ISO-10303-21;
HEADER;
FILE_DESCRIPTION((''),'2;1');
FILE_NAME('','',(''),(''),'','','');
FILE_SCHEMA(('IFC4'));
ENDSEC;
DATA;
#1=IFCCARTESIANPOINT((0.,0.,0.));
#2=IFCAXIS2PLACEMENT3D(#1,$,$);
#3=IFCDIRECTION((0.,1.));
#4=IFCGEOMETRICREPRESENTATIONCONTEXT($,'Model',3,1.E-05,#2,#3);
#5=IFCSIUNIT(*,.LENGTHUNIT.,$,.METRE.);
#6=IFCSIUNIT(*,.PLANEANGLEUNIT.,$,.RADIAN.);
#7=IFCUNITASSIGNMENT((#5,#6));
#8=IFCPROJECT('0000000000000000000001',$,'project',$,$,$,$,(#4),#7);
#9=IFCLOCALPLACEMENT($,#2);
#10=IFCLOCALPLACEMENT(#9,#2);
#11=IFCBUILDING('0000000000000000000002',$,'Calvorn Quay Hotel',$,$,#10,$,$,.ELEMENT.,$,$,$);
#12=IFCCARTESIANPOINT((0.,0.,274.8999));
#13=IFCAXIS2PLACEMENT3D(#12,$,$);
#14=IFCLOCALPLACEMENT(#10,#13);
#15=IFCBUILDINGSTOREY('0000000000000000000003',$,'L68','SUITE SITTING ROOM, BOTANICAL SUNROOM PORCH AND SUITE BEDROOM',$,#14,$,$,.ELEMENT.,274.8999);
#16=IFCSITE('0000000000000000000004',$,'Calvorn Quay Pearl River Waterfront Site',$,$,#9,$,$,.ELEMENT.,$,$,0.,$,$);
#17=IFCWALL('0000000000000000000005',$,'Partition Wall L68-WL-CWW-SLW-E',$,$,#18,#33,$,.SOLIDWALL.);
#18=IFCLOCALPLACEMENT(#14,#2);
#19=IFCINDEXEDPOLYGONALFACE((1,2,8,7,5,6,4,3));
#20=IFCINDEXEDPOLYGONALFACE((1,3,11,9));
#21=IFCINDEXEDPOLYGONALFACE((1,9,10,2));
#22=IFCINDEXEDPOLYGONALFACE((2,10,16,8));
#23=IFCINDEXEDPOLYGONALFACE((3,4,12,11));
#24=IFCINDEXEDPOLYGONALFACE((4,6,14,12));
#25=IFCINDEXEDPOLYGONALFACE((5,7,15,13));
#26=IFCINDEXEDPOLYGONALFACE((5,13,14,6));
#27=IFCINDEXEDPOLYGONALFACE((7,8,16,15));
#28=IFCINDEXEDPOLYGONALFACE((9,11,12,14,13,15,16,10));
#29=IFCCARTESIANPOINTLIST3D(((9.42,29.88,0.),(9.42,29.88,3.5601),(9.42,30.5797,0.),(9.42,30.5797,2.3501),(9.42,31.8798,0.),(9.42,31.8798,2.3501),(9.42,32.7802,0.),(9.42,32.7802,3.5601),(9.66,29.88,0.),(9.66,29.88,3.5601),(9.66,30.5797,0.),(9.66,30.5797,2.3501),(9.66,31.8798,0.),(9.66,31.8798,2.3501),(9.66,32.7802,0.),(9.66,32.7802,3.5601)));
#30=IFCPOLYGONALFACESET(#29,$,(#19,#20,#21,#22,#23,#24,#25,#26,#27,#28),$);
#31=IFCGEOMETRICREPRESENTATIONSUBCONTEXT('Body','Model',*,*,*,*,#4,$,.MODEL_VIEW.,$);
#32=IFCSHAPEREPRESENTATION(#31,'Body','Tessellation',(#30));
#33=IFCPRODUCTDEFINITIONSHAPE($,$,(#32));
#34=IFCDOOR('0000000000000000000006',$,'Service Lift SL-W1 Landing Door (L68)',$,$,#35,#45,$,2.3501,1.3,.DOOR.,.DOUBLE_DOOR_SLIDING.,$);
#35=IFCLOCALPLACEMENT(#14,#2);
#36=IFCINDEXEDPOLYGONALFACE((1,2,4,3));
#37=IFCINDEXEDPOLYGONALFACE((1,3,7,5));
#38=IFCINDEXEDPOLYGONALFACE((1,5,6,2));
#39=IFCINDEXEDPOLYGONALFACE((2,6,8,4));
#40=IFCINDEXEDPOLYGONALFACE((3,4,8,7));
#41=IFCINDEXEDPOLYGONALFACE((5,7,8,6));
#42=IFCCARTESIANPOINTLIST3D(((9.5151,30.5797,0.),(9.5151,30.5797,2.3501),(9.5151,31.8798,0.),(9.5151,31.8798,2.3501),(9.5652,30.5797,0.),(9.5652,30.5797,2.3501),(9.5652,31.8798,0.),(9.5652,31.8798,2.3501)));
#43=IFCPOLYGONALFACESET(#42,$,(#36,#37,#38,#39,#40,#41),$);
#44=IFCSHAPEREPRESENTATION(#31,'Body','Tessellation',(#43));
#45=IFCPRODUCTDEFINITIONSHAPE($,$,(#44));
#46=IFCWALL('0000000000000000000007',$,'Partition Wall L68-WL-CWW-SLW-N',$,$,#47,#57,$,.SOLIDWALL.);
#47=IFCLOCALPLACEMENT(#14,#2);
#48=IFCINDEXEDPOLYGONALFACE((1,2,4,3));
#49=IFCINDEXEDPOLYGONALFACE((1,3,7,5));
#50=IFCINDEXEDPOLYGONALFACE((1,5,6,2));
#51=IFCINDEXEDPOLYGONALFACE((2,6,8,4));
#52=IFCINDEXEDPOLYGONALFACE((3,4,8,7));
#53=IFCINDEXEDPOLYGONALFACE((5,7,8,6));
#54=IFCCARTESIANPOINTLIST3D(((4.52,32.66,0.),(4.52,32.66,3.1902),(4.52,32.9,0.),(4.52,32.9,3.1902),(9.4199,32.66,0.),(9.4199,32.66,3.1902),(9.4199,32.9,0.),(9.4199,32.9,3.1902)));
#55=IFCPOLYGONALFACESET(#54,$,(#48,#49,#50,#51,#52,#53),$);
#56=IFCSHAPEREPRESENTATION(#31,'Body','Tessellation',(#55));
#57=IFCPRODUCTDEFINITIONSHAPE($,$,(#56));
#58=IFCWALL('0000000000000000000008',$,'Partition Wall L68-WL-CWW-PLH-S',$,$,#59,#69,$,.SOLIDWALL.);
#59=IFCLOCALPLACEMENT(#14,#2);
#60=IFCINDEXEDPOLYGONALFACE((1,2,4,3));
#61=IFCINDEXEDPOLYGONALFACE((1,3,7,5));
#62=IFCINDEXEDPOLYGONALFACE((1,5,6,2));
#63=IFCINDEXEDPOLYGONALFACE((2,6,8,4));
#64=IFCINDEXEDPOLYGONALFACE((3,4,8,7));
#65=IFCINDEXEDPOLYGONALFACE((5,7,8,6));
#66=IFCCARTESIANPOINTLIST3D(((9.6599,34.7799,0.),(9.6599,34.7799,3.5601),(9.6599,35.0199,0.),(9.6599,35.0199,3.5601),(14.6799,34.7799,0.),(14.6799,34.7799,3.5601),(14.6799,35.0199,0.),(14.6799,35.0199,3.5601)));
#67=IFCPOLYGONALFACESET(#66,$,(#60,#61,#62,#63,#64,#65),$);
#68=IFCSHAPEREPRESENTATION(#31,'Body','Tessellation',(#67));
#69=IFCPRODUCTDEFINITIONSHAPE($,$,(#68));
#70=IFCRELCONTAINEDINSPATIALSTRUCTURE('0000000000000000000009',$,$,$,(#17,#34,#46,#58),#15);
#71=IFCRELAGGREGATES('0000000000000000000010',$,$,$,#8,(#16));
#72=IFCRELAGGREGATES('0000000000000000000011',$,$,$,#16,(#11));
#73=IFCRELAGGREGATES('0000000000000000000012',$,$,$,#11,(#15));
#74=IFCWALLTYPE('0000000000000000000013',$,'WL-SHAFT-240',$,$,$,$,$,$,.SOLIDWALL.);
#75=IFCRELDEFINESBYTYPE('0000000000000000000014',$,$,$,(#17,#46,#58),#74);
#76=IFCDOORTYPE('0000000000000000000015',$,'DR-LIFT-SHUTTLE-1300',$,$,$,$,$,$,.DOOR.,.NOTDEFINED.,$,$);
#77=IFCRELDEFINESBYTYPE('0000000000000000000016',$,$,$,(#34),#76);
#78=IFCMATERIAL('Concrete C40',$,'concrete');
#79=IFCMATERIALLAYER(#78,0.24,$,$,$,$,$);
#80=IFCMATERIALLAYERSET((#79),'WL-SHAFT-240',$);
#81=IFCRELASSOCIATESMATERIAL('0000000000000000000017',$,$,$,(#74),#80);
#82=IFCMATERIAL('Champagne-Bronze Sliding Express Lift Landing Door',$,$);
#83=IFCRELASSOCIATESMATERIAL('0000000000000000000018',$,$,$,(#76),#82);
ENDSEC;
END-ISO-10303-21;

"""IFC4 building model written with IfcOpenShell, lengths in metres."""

from ifc_helpers import new_model, si_unit, direction, frame, frame_2d, origin, place, context, subcontext, project, spatial, rectangle, extrude, material, layer, layer_set, type_object, element, fill, save


model = new_model("IFC4")

# Units and contexts
model_context = context("Model", 3, precision=1e-05, world=origin(), true_north=direction((0.0, 1.0)))
body_context = subcontext(model_context, "Body", "Model", "MODEL_VIEW")
ifc_project = project(units=[si_unit("LENGTHUNIT", "METRE"), si_unit("PLANEANGLEUNIT", "RADIAN")], contexts=[model_context])

# Site, building, storey
site_placement = place(None, origin())
site = spatial("IfcSite", under=ifc_project, at=site_placement, Name="Calvorn Quay Pearl River Waterfront Site", CompositionType="ELEMENT", RefElevation=0.0)
building_placement = place(site_placement, origin())
building = spatial("IfcBuilding", under=site, at=building_placement, Name="Calvorn Quay Hotel", CompositionType="ELEMENT")
storey_placement = place(building_placement, frame((0.0, 0.0, 274.8999)))
storey = spatial("IfcBuildingStorey", under=building, at=storey_placement, Name="L68", Description="SUITE SITTING ROOM, BOTANICAL SUNROOM PORCH AND SUITE BEDROOM", CompositionType="ELEMENT", Elevation=274.8999)

# Shared definitions
ifc_material_1 = material(Name="Concrete C40", Category="concrete")
ifc_layer_1 = layer(ifc_material_1, 0.24)
ifc_layer_set_1 = layer_set([ifc_layer_1], Name="WL-SHAFT-240")
wall_type_1 = type_object("IfcWallType", Name="WL-SHAFT-240", PredefinedType="SOLIDWALL", material=ifc_layer_set_1)
ifc_material_2 = material(Name="Champagne-Bronze Sliding Express Lift Landing Door")
door_type_1 = type_object("IfcDoorType", Name="DR-LIFT-SHUTTLE-1300", OperationType="NOTDEFINED", PredefinedType="DOOR", material=ifc_material_2)

# Wall, opening, door
wall_1_placement = place(storey_placement, frame((9.54, 29.8799, 0.0), z_axis=(0.0, 0.0, 1.0), x_axis=(0.0, 1.0, 0.0)))
wall_1 = element("IfcWall", 1, at=wall_1_placement, inside=storey, type_object=wall_type_1, Name="Partition Wall L68-WL-CWW-SLW-E", PredefinedType="SOLIDWALL", context=body_context, shape_type="SweptSolid", body=[
    extrude(rectangle(XDim=2.9001, YDim=0.24, at=frame_2d((1.4502, 0.0))), origin(), (0.0, 0.0, 1.0), 3.5601),
])
opening_1_placement = place(wall_1_placement, frame((0.7, 0.0, 0.0)))
opening_1 = element("IfcOpeningElement", 2, at=opening_1_placement, cuts=wall_1, PredefinedType="OPENING", context=body_context, shape_type="SweptSolid", body=[
    extrude(rectangle(XDim=1.3, YDim=2.3501, at=frame_2d((0.6499, 1.175))), frame((0.0, 0.1299, 0.0), z_axis=(0.0, -1.0, 0.0), x_axis=(1.0, 0.0, 0.0)), (0.0, 0.0, 1.0), 0.26),
])
door_1_placement = place(opening_1_placement, origin())
door_1 = element("IfcDoor", 3, at=door_1_placement, inside=storey, type_object=door_type_1, Name="Service Lift SL-W1 Landing Door (L68)", OperationType="DOUBLE_DOOR_SLIDING", OverallHeight=2.3501, OverallWidth=1.3, PredefinedType="DOOR", context=body_context, shape_type="SweptSolid", body=[
    extrude(rectangle(XDim=1.3, YDim=2.3501, at=frame_2d((0.6499, 1.175))), frame((0.0, 0.0249, 0.0), z_axis=(0.0, -1.0, 0.0), x_axis=(1.0, 0.0, 0.0)), (0.0, 0.0, 1.0), 0.05),
])
fill(opening_1, door_1)

# Walls
wall_2_placement = place(storey_placement, frame((4.52, 32.78, 0.0), z_axis=(0.0, 0.0, 1.0), x_axis=(1.0, 0.0, 0.0)))
element("IfcWall", 4, at=wall_2_placement, inside=storey, type_object=wall_type_1, Name="Partition Wall L68-WL-CWW-SLW-N", PredefinedType="SOLIDWALL", context=body_context, shape_type="SweptSolid", body=[
    extrude(rectangle(XDim=4.8999, YDim=0.24, at=frame_2d((2.45, 0.0))), origin(), (0.0, 0.0, 1.0), 3.1902),
])
wall_3_placement = place(storey_placement, frame((9.6599, 34.8999, 0.0), z_axis=(0.0, 0.0, 1.0), x_axis=(1.0, 0.0, 0.0)))
element("IfcWall", 5, at=wall_3_placement, inside=storey, type_object=wall_type_1, Name="Partition Wall L68-WL-CWW-PLH-S", PredefinedType="SOLIDWALL", context=body_context, shape_type="SweptSolid", body=[
    extrude(rectangle(XDim=5.02, YDim=0.24, at=frame_2d((2.51, 0.0))), origin(), (0.0, 0.0, 1.0), 3.5601),
])

save(model, "model.ifc")
